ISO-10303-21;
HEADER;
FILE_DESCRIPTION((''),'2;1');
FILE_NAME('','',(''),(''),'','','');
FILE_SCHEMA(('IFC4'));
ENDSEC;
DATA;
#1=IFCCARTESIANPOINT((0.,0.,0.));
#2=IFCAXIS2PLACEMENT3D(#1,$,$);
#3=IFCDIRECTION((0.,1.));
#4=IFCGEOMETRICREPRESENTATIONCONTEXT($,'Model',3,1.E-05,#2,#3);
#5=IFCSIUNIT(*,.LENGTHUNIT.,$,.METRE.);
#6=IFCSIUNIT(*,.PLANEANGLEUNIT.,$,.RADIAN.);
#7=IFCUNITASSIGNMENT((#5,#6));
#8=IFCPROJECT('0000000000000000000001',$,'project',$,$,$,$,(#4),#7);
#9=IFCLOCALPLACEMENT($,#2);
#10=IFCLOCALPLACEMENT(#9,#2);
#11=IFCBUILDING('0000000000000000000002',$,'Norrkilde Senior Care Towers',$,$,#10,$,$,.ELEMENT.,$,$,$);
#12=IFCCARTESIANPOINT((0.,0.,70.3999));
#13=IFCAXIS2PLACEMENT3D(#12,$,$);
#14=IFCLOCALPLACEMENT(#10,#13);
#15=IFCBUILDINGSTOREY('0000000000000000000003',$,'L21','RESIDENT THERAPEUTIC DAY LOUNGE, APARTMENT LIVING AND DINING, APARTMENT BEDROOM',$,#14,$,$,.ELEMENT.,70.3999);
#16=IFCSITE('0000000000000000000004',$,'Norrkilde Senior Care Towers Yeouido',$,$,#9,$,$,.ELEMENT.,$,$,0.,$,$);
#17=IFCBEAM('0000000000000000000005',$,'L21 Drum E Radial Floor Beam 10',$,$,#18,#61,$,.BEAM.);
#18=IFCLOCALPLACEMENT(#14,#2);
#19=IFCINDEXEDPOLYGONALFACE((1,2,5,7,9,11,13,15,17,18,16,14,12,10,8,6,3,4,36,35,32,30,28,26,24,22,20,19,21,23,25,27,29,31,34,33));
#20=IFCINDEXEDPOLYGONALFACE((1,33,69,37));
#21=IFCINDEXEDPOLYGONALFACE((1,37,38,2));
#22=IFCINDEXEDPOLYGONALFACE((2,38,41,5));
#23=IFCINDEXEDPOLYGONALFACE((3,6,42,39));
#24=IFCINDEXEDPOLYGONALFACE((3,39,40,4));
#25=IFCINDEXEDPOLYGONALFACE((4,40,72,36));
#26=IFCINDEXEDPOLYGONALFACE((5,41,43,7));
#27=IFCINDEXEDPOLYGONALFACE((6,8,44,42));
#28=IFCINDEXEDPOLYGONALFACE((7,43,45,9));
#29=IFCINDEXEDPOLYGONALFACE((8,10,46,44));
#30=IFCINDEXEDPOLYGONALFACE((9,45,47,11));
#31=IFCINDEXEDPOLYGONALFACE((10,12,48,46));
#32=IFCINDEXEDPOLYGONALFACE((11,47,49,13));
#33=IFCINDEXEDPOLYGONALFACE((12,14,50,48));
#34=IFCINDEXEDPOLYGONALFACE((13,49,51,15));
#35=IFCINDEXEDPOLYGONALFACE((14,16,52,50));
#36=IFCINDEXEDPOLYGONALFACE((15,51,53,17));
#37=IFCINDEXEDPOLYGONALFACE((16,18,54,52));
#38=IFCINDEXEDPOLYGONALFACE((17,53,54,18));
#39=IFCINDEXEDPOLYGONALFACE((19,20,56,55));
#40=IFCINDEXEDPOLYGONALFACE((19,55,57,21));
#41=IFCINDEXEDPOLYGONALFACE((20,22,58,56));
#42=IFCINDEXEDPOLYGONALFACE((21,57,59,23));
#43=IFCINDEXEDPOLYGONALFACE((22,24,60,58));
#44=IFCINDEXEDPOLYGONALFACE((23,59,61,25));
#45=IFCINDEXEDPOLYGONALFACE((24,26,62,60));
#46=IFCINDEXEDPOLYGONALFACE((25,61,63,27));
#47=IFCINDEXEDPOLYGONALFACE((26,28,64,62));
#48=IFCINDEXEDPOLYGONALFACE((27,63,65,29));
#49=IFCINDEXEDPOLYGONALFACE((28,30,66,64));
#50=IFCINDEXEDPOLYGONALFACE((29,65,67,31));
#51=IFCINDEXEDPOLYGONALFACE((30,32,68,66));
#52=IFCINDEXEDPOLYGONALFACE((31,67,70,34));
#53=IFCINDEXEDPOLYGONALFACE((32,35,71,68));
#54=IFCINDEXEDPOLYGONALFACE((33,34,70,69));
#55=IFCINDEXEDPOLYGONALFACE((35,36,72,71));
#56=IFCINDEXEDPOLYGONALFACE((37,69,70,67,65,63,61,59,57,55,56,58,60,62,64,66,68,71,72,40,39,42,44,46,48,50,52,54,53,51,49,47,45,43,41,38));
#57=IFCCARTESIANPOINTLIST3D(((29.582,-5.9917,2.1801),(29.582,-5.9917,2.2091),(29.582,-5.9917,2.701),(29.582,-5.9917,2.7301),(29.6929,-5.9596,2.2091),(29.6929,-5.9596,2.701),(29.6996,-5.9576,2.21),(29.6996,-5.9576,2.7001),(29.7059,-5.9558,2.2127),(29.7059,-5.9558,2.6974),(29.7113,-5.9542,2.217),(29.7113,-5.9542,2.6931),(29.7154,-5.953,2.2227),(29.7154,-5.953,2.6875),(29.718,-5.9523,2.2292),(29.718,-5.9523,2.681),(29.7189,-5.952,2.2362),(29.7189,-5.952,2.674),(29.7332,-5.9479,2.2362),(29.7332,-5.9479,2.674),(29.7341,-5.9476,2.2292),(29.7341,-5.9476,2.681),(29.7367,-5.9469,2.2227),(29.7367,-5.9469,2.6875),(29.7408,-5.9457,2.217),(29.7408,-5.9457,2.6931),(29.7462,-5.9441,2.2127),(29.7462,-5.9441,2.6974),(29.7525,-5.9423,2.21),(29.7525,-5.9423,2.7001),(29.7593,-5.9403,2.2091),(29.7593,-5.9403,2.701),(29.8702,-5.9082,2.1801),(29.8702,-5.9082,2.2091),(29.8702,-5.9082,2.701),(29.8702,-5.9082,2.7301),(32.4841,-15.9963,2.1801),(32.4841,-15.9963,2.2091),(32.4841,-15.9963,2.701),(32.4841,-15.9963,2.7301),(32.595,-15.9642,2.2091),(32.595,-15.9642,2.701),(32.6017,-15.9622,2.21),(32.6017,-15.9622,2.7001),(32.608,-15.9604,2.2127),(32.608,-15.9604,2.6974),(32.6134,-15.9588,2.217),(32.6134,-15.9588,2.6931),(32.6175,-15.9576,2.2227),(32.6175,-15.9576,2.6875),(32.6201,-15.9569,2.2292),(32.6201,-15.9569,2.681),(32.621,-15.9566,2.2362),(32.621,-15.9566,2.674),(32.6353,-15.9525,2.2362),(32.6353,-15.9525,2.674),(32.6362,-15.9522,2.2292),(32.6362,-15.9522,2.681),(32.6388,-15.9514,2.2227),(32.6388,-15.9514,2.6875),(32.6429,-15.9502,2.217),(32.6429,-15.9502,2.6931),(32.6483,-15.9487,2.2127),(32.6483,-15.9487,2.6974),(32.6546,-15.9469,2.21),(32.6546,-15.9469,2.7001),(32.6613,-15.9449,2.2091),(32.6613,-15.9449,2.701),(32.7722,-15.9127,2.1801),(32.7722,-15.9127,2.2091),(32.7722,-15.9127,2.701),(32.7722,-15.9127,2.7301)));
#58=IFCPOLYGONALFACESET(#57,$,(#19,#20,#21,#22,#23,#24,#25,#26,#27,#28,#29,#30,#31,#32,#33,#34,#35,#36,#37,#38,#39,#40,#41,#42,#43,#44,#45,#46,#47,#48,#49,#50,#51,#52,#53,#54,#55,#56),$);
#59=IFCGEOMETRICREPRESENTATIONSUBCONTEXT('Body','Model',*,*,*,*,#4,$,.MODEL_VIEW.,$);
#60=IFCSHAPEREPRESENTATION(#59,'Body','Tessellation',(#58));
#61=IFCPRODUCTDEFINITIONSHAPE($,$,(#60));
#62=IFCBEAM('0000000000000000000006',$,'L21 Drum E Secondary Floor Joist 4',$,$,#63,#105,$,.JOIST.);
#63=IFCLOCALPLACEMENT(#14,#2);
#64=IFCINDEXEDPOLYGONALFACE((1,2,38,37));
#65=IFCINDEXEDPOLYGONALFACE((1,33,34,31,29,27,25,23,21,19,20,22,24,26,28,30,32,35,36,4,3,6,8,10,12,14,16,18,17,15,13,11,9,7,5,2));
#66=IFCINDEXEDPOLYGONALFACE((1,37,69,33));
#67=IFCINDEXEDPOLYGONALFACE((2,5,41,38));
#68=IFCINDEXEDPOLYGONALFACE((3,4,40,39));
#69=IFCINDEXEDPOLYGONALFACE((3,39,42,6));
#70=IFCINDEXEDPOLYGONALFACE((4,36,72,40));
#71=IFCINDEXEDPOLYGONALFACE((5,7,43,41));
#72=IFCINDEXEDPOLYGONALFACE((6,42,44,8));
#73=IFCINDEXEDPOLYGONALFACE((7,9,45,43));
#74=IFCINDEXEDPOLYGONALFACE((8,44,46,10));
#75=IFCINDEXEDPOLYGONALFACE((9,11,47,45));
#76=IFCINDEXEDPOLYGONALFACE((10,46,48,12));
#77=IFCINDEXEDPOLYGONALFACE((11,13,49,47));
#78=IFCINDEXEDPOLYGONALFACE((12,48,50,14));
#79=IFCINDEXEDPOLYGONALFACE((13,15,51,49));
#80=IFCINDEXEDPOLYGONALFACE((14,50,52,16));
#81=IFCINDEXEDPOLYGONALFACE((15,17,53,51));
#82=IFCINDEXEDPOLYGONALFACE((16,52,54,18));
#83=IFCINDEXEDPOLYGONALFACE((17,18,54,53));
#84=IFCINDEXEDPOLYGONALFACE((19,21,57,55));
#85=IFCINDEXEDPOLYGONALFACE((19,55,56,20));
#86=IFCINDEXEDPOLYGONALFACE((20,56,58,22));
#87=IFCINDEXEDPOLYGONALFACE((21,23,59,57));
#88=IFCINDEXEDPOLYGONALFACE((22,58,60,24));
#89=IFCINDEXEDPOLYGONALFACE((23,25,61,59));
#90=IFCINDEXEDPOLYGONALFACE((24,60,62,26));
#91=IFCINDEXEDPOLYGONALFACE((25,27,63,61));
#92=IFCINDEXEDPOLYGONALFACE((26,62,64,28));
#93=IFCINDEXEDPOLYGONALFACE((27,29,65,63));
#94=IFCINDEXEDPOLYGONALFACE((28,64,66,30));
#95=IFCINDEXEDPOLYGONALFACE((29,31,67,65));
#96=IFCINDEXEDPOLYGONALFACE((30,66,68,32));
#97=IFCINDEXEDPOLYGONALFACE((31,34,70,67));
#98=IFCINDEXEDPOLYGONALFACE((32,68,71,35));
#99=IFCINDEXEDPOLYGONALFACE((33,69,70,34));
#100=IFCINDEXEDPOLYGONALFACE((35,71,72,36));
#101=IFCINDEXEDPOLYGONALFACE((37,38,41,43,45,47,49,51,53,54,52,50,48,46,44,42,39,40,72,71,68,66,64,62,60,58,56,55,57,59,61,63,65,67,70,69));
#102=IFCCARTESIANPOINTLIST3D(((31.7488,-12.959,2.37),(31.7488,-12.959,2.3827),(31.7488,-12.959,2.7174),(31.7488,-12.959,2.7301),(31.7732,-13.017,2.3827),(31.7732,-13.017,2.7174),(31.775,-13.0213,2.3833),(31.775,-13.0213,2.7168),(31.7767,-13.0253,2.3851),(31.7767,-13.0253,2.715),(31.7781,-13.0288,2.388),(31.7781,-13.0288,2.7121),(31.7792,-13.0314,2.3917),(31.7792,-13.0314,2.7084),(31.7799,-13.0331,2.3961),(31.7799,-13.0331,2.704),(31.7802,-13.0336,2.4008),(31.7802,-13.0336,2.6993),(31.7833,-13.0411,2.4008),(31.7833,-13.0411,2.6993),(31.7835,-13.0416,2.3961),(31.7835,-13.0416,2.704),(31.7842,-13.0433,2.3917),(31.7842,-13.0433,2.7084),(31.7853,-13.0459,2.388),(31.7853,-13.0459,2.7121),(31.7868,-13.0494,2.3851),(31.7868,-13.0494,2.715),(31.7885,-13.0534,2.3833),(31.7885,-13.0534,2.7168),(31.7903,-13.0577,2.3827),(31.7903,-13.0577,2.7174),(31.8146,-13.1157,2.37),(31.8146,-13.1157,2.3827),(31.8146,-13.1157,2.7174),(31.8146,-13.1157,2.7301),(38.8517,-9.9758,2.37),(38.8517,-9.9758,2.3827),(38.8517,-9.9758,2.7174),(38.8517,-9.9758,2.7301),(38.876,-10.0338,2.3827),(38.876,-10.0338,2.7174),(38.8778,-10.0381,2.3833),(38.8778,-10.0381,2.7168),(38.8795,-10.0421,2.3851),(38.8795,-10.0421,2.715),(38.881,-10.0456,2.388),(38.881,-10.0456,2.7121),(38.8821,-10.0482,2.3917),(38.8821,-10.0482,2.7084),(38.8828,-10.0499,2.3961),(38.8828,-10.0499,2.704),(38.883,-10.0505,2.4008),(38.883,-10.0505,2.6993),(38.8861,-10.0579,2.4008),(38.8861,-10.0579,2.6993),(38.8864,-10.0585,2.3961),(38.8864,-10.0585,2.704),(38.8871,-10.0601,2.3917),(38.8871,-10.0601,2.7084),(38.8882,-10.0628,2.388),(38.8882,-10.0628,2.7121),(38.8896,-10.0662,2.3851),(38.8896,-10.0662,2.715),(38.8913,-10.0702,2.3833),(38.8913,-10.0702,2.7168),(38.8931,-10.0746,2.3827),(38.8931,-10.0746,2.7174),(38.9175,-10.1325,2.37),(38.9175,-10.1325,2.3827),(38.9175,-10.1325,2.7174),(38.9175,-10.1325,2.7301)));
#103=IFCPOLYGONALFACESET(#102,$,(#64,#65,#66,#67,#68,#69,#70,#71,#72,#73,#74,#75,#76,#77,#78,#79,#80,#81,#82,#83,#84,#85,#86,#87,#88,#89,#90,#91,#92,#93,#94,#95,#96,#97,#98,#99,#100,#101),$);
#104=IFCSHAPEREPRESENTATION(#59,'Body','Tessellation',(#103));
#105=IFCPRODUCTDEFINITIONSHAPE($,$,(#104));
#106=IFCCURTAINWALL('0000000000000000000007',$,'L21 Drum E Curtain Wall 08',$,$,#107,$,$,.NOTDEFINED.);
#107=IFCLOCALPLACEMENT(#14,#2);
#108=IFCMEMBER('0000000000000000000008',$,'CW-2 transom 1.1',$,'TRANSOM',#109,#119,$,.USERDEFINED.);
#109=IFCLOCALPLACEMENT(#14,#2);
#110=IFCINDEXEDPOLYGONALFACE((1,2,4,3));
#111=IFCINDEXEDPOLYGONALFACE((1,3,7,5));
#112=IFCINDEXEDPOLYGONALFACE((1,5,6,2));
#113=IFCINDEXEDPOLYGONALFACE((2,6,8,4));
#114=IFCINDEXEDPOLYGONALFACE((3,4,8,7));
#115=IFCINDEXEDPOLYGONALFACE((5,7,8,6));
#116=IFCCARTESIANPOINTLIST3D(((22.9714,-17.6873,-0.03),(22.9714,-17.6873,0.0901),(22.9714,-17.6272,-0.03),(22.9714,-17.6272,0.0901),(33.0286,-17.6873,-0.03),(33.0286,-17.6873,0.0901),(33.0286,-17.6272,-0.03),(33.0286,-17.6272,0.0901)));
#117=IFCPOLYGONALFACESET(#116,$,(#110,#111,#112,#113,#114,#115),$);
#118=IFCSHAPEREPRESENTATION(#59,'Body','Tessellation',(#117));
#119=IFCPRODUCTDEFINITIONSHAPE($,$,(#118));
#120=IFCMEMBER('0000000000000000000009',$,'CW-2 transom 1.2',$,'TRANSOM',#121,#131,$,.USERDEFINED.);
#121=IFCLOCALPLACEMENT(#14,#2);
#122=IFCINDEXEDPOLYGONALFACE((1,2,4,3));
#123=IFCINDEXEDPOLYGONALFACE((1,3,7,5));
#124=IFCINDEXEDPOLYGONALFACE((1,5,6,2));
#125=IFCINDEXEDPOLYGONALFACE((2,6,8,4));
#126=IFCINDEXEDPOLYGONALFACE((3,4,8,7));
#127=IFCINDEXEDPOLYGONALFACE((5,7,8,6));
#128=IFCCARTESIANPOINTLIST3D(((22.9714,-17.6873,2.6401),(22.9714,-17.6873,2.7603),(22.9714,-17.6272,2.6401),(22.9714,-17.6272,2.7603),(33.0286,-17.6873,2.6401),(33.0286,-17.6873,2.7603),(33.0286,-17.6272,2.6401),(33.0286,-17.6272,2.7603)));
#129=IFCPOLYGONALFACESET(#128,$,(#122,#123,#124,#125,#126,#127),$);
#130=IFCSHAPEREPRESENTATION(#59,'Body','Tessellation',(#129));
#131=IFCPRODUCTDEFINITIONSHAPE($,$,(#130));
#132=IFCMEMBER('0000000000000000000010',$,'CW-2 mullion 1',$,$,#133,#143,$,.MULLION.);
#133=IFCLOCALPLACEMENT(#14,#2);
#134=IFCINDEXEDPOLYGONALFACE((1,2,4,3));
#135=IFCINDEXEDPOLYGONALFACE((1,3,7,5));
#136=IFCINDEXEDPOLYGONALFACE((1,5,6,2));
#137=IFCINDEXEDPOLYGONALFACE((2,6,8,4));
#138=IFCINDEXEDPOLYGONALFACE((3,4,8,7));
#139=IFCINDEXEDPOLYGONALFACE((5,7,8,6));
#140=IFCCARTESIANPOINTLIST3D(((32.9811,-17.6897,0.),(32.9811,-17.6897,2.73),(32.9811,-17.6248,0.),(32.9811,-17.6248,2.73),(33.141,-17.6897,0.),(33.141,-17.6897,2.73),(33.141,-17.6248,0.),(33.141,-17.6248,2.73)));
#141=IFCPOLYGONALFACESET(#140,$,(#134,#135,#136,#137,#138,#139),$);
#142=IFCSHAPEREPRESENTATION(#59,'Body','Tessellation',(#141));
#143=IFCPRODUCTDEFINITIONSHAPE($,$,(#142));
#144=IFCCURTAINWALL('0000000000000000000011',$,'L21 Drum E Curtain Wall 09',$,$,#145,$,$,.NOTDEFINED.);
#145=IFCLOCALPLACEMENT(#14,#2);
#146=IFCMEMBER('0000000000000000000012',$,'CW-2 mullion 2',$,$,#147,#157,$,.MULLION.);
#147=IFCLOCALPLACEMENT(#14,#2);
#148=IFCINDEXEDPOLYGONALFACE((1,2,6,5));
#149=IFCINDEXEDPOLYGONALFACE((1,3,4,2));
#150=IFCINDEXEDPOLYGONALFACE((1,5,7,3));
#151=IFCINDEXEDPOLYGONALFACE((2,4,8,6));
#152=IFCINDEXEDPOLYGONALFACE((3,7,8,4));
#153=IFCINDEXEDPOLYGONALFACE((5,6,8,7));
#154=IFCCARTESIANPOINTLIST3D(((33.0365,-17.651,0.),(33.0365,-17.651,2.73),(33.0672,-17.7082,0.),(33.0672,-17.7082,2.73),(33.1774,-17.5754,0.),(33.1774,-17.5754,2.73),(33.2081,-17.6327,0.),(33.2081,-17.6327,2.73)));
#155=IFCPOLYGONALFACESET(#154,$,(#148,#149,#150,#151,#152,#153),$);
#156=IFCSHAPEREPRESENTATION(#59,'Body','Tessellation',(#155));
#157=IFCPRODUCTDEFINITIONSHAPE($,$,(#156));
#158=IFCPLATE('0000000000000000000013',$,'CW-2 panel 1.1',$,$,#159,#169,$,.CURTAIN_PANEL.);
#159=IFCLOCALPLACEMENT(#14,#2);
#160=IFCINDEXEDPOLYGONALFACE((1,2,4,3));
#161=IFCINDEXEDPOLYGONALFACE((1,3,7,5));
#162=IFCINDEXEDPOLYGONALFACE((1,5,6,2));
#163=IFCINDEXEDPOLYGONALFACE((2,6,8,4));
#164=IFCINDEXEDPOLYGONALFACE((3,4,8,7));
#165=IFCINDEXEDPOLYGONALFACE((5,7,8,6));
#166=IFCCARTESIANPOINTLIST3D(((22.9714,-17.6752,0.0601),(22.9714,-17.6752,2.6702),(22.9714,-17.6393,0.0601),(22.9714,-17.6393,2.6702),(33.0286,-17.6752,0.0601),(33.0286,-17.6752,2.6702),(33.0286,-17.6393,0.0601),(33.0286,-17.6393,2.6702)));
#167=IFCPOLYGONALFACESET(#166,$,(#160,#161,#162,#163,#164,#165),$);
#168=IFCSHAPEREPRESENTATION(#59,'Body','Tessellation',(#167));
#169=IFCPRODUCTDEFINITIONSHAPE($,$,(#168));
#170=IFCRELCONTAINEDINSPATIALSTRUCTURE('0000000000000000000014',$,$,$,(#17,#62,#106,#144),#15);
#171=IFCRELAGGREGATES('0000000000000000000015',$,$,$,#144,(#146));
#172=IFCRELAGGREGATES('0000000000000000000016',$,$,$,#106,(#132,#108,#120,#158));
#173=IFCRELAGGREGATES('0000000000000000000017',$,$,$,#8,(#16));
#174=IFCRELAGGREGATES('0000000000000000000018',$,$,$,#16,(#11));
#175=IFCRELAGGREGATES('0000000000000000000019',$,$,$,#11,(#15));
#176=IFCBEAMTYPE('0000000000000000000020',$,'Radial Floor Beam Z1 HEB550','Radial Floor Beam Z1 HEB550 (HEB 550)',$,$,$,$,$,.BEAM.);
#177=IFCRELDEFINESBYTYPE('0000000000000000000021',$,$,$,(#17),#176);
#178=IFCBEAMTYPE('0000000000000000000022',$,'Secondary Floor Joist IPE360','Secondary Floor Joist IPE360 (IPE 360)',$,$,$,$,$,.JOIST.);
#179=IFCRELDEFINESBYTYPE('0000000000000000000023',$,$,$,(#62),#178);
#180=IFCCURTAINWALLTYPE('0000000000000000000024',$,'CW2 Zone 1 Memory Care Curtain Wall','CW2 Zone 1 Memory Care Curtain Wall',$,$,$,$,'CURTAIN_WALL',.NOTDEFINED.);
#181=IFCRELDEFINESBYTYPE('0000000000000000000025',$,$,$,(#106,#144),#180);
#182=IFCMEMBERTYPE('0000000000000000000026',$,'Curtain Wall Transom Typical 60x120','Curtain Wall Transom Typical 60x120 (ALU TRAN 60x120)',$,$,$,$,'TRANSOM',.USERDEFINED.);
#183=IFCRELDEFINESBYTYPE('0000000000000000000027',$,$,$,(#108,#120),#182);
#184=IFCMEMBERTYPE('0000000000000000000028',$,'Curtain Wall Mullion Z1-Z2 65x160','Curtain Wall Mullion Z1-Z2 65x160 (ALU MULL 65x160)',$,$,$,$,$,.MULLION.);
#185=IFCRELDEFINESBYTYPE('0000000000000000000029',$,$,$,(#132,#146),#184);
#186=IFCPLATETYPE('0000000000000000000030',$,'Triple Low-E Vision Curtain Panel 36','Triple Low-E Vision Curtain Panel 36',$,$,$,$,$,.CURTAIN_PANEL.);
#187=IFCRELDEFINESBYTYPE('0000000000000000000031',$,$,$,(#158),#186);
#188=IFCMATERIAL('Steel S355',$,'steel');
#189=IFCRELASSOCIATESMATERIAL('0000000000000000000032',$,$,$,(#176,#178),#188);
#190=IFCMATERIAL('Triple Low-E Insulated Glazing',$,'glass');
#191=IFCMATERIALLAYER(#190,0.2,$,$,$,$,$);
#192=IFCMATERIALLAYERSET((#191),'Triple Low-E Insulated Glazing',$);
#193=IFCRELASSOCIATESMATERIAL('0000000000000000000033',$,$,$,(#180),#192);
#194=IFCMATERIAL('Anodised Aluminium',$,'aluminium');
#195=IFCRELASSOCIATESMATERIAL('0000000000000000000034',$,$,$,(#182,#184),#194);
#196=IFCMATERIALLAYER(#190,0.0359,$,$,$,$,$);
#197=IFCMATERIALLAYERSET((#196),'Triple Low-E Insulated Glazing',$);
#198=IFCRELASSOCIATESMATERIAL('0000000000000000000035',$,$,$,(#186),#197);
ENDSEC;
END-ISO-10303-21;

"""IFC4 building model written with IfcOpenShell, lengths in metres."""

from ifc_helpers import new_model, si_unit, direction, frame, origin, origin_2d, place, context, subcontext, project, spatial, rectangle, i_section, extrude, source, transform, mapped, material, layer, layer_set, material_profile, profile_set, type_object, type_shapes, element, aggregate, save


model = new_model("IFC4")

# Units and contexts
model_context = context("Model", 3, precision=1e-05, world=origin(), true_north=direction((0.0, 1.0)))
body_context = subcontext(model_context, "Body", "Model", "MODEL_VIEW")
ifc_project = project(units=[si_unit("LENGTHUNIT", "METRE"), si_unit("PLANEANGLEUNIT", "RADIAN")], contexts=[model_context])

# Site, building, storey
site_placement = place(None, origin())
site = spatial("IfcSite", under=ifc_project, at=site_placement, Name="Norrkilde Senior Care Towers Yeouido", CompositionType="ELEMENT", RefElevation=0.0)
building_placement = place(site_placement, origin())
building = spatial("IfcBuilding", under=site, at=building_placement, Name="Norrkilde Senior Care Towers", CompositionType="ELEMENT")
storey_placement = place(building_placement, frame((0.0, 0.0, 70.3999)))
storey = spatial("IfcBuildingStorey", under=building, at=storey_placement, Name="L21", Description="RESIDENT THERAPEUTIC DAY LOUNGE, APARTMENT LIVING AND DINING, APARTMENT BEDROOM", CompositionType="ELEMENT", Elevation=70.3999)

# Beams
ifc_material_1 = material(Name="Steel S355", Category="steel")
ifc_material_profile_1 = material_profile(ifc_material_1, i_section(OverallWidth=0.3, OverallDepth=0.55, WebThickness=0.0149, FlangeThickness=0.0291, FilletRadius=0.0271, at=origin_2d()), Name="HEB 550")
ifc_profile_set_1 = profile_set([ifc_material_profile_1], Name="Steel S355")
beam_type_1 = type_object("IfcBeamType", Name="Radial Floor Beam Z1 HEB550", Description="Radial Floor Beam Z1 HEB550 (HEB 550)", PredefinedType="BEAM", material=ifc_profile_set_1)
shared_shape_1 = source(origin(), body_context, "Body", "SweptSolid", [
    extrude(i_section(OverallWidth=0.3, OverallDepth=0.55, WebThickness=0.0149, FlangeThickness=0.0291, FilletRadius=0.0271, at=origin_2d()), origin(), (0.0, 0.0, 1.0), 10.417),
])
beam_1_placement = place(storey_placement, frame((29.7261, -5.95, 2.4551), z_axis=(0.278591, -0.96041, 0.0), x_axis=(0.96041, 0.278591, 0.0)))
element("IfcBeam", 1, at=beam_1_placement, inside=storey, type_object=beam_type_1, Name="L21 Drum E Radial Floor Beam 10", PredefinedType="BEAM", context=body_context, shape_type="MappedRepresentation", body=[
    mapped(shared_shape_1, transform((0.0, 0.0, 0.0), x_axis=(1.0, 0.0, 0.0), y_axis=(0.0, 1.0, 0.0), z_axis=(0.0, 0.0, 1.0), scale=1.0)),
])
ifc_material_profile_2 = material_profile(ifc_material_1, i_section(OverallWidth=0.1699, OverallDepth=0.3601, WebThickness=0.0081, FlangeThickness=0.0127, FilletRadius=0.0181, at=origin_2d()), Name="IPE 360")
ifc_profile_set_2 = profile_set([ifc_material_profile_2], Name="Steel S355")
beam_type_2 = type_object("IfcBeamType", Name="Secondary Floor Joist IPE360", Description="Secondary Floor Joist IPE360 (IPE 360)", PredefinedType="JOIST", material=ifc_profile_set_2)
shared_shape_2 = source(origin(), body_context, "Body", "SweptSolid", [
    extrude(i_section(OverallWidth=0.1699, OverallDepth=0.3601, WebThickness=0.0081, FlangeThickness=0.0127, FilletRadius=0.0181, at=origin_2d()), origin(), (0.0, 0.0, 1.0), 7.7039),
])
type_shapes(beam_type_2, [shared_shape_2])
beam_2_placement = place(storey_placement, frame((31.7817, -13.0374, 2.55), z_axis=(0.921983, 0.387231, 0.0), x_axis=(-0.387231, 0.921983, 0.0)))
element("IfcBeam", 2, at=beam_2_placement, inside=storey, type_object=beam_type_2, Name="L21 Drum E Secondary Floor Joist 4", PredefinedType="JOIST", context=body_context, shape_type="MappedRepresentation", body=[
    mapped(shared_shape_2, transform((0.0, 0.0, 0.0), x_axis=(1.0, 0.0, 0.0), y_axis=(0.0, 1.0, 0.0), z_axis=(0.0, 0.0, 1.0), scale=1.0)),
])

# Curtain wall, members
ifc_material_2 = material(Name="Triple Low-E Insulated Glazing", Category="glass")
ifc_layer_1 = layer(ifc_material_2, 0.2)
ifc_layer_set_1 = layer_set([ifc_layer_1], Name="Triple Low-E Insulated Glazing")
curtain_wall_type = type_object("IfcCurtainWallType", Name="CW2 Zone 1 Memory Care Curtain Wall", Description="CW2 Zone 1 Memory Care Curtain Wall", ElementType="CURTAIN_WALL", PredefinedType="NOTDEFINED", material=ifc_layer_set_1)
curtain_wall_1_placement = place(storey_placement, origin())
curtain_wall_1 = element("IfcCurtainWall", 3, at=curtain_wall_1_placement, inside=storey, type_object=curtain_wall_type, Name="L21 Drum E Curtain Wall 08", PredefinedType="NOTDEFINED")
ifc_material_3 = material(Name="Anodised Aluminium", Category="aluminium")
ifc_material_profile_3 = material_profile(ifc_material_3, rectangle(XDim=0.0601, YDim=0.1201, at=origin_2d()), Name="ALU TRAN 60x120")
ifc_profile_set_3 = profile_set([ifc_material_profile_3], Name="Anodised Aluminium")
member_type_1 = type_object("IfcMemberType", Name="Curtain Wall Transom Typical 60x120", Description="Curtain Wall Transom Typical 60x120 (ALU TRAN 60x120)", ElementType="TRANSOM", PredefinedType="USERDEFINED", material=ifc_profile_set_3)
shared_shape_3 = source(origin(), body_context, "Body", "SweptSolid", [
    extrude(rectangle(XDim=0.0601, YDim=0.1201, at=origin_2d()), origin(), (0.0, 0.0, 1.0), 10.0571),
])
type_shapes(member_type_1, [shared_shape_3])
member_1_placement = place(storey_placement, frame((33.0286, -17.6572, 0.03), z_axis=(-1.0, 0.0, 0.0), x_axis=(0.0, -1.0, 0.0)))
member_1 = element("IfcMember", 4, at=member_1_placement, type_object=member_type_1, Name="CW-2 transom 1.1", ObjectType="TRANSOM", PredefinedType="USERDEFINED", context=body_context, shape_type="MappedRepresentation", body=[
    mapped(shared_shape_3, transform((0.0, 0.0, 0.0), x_axis=(1.0, 0.0, 0.0), y_axis=(0.0, 1.0, 0.0), z_axis=(0.0, 0.0, 1.0), scale=1.0)),
])
member_2_placement = place(storey_placement, frame((33.0286, -17.6572, 2.7002), z_axis=(-1.0, 0.0, 0.0), x_axis=(0.0, -1.0, 0.0)))
member_2 = element("IfcMember", 5, at=member_2_placement, type_object=member_type_1, Name="CW-2 transom 1.2", ObjectType="TRANSOM", PredefinedType="USERDEFINED", context=body_context, shape_type="MappedRepresentation", body=[
    mapped(shared_shape_3, transform((0.0, 0.0, 0.0), x_axis=(1.0, 0.0, 0.0), y_axis=(0.0, 1.0, 0.0), z_axis=(0.0, 0.0, 1.0), scale=1.0)),
])
ifc_material_profile_4 = material_profile(ifc_material_3, rectangle(XDim=0.0649, YDim=0.1599, at=origin_2d()), Name="ALU MULL 65x160")
ifc_profile_set_4 = profile_set([ifc_material_profile_4], Name="Anodised Aluminium")
member_type_2 = type_object("IfcMemberType", Name="Curtain Wall Mullion Z1-Z2 65x160", Description="Curtain Wall Mullion Z1-Z2 65x160 (ALU MULL 65x160)", PredefinedType="MULLION", material=ifc_profile_set_4)
shared_shape_4 = source(origin(), body_context, "Body", "SweptSolid", [
    extrude(rectangle(XDim=0.0649, YDim=0.1599, at=origin_2d()), origin(), (0.0, 0.0, 1.0), 2.73),
])
type_shapes(member_type_2, [shared_shape_4])
member_3_placement = place(storey_placement, frame((33.061, -17.6572, 0.0), z_axis=(0.0, 0.0, 1.0), x_axis=(0.0, -1.0, 0.0)))
member_3 = element("IfcMember", 6, at=member_3_placement, type_object=member_type_2, Name="CW-2 mullion 1", PredefinedType="MULLION", context=body_context, shape_type="MappedRepresentation", body=[
    mapped(shared_shape_4, transform((0.0, 0.0, 0.0), x_axis=(1.0, 0.0, 0.0), y_axis=(0.0, 1.0, 0.0), z_axis=(0.0, 0.0, 1.0), scale=1.0)),
])

# Curtain wall, member
curtain_wall_2_placement = place(storey_placement, origin())
curtain_wall_2 = element("IfcCurtainWall", 7, at=curtain_wall_2_placement, inside=storey, type_object=curtain_wall_type, Name="L21 Drum E Curtain Wall 09", PredefinedType="NOTDEFINED")
member_4_placement = place(storey_placement, frame((33.1223, -17.6418, 0.0), z_axis=(0.0, 0.0, 1.0), x_axis=(0.472608, -0.881273, 0.0)))
member_4 = element("IfcMember", 8, at=member_4_placement, type_object=member_type_2, Name="CW-2 mullion 2", PredefinedType="MULLION", context=body_context, shape_type="MappedRepresentation", body=[
    mapped(shared_shape_4, transform((0.0, 0.0, 0.0), x_axis=(1.0, 0.0, 0.0), y_axis=(0.0, 1.0, 0.0), z_axis=(0.0, 0.0, 1.0), scale=1.0)),
])
aggregate(curtain_wall_2, [member_4])

# Plate
ifc_layer_2 = layer(ifc_material_2, 0.0359)
ifc_layer_set_2 = layer_set([ifc_layer_2], Name="Triple Low-E Insulated Glazing")
plate_type = type_object("IfcPlateType", Name="Triple Low-E Vision Curtain Panel 36", Description="Triple Low-E Vision Curtain Panel 36", PredefinedType="CURTAIN_PANEL", material=ifc_layer_set_2)
shared_shape_5 = source(origin(), body_context, "Body", "SweptSolid", [
    extrude(rectangle(XDim=10.0571, YDim=0.0359, at=origin_2d()), origin(), (0.0, 0.0, 1.0), 2.6101),
])
type_shapes(plate_type, [shared_shape_5])
plate_placement = place(storey_placement, frame((28.0, -17.6572, 0.0601), z_axis=(0.0, 0.0, 1.0), x_axis=(-1.0, 0.0, 0.0)))
plate = element("IfcPlate", 9, at=plate_placement, type_object=plate_type, Name="CW-2 panel 1.1", PredefinedType="CURTAIN_PANEL", context=body_context, shape_type="MappedRepresentation", body=[
    mapped(shared_shape_5, transform((0.0, 0.0, 0.0), x_axis=(1.0, 0.0, 0.0), y_axis=(0.0, 1.0, 0.0), z_axis=(0.0, 0.0, 1.0), scale=1.0)),
])
aggregate(curtain_wall_1, [member_3, member_1, member_2, plate])

save(model, "model.ifc")
